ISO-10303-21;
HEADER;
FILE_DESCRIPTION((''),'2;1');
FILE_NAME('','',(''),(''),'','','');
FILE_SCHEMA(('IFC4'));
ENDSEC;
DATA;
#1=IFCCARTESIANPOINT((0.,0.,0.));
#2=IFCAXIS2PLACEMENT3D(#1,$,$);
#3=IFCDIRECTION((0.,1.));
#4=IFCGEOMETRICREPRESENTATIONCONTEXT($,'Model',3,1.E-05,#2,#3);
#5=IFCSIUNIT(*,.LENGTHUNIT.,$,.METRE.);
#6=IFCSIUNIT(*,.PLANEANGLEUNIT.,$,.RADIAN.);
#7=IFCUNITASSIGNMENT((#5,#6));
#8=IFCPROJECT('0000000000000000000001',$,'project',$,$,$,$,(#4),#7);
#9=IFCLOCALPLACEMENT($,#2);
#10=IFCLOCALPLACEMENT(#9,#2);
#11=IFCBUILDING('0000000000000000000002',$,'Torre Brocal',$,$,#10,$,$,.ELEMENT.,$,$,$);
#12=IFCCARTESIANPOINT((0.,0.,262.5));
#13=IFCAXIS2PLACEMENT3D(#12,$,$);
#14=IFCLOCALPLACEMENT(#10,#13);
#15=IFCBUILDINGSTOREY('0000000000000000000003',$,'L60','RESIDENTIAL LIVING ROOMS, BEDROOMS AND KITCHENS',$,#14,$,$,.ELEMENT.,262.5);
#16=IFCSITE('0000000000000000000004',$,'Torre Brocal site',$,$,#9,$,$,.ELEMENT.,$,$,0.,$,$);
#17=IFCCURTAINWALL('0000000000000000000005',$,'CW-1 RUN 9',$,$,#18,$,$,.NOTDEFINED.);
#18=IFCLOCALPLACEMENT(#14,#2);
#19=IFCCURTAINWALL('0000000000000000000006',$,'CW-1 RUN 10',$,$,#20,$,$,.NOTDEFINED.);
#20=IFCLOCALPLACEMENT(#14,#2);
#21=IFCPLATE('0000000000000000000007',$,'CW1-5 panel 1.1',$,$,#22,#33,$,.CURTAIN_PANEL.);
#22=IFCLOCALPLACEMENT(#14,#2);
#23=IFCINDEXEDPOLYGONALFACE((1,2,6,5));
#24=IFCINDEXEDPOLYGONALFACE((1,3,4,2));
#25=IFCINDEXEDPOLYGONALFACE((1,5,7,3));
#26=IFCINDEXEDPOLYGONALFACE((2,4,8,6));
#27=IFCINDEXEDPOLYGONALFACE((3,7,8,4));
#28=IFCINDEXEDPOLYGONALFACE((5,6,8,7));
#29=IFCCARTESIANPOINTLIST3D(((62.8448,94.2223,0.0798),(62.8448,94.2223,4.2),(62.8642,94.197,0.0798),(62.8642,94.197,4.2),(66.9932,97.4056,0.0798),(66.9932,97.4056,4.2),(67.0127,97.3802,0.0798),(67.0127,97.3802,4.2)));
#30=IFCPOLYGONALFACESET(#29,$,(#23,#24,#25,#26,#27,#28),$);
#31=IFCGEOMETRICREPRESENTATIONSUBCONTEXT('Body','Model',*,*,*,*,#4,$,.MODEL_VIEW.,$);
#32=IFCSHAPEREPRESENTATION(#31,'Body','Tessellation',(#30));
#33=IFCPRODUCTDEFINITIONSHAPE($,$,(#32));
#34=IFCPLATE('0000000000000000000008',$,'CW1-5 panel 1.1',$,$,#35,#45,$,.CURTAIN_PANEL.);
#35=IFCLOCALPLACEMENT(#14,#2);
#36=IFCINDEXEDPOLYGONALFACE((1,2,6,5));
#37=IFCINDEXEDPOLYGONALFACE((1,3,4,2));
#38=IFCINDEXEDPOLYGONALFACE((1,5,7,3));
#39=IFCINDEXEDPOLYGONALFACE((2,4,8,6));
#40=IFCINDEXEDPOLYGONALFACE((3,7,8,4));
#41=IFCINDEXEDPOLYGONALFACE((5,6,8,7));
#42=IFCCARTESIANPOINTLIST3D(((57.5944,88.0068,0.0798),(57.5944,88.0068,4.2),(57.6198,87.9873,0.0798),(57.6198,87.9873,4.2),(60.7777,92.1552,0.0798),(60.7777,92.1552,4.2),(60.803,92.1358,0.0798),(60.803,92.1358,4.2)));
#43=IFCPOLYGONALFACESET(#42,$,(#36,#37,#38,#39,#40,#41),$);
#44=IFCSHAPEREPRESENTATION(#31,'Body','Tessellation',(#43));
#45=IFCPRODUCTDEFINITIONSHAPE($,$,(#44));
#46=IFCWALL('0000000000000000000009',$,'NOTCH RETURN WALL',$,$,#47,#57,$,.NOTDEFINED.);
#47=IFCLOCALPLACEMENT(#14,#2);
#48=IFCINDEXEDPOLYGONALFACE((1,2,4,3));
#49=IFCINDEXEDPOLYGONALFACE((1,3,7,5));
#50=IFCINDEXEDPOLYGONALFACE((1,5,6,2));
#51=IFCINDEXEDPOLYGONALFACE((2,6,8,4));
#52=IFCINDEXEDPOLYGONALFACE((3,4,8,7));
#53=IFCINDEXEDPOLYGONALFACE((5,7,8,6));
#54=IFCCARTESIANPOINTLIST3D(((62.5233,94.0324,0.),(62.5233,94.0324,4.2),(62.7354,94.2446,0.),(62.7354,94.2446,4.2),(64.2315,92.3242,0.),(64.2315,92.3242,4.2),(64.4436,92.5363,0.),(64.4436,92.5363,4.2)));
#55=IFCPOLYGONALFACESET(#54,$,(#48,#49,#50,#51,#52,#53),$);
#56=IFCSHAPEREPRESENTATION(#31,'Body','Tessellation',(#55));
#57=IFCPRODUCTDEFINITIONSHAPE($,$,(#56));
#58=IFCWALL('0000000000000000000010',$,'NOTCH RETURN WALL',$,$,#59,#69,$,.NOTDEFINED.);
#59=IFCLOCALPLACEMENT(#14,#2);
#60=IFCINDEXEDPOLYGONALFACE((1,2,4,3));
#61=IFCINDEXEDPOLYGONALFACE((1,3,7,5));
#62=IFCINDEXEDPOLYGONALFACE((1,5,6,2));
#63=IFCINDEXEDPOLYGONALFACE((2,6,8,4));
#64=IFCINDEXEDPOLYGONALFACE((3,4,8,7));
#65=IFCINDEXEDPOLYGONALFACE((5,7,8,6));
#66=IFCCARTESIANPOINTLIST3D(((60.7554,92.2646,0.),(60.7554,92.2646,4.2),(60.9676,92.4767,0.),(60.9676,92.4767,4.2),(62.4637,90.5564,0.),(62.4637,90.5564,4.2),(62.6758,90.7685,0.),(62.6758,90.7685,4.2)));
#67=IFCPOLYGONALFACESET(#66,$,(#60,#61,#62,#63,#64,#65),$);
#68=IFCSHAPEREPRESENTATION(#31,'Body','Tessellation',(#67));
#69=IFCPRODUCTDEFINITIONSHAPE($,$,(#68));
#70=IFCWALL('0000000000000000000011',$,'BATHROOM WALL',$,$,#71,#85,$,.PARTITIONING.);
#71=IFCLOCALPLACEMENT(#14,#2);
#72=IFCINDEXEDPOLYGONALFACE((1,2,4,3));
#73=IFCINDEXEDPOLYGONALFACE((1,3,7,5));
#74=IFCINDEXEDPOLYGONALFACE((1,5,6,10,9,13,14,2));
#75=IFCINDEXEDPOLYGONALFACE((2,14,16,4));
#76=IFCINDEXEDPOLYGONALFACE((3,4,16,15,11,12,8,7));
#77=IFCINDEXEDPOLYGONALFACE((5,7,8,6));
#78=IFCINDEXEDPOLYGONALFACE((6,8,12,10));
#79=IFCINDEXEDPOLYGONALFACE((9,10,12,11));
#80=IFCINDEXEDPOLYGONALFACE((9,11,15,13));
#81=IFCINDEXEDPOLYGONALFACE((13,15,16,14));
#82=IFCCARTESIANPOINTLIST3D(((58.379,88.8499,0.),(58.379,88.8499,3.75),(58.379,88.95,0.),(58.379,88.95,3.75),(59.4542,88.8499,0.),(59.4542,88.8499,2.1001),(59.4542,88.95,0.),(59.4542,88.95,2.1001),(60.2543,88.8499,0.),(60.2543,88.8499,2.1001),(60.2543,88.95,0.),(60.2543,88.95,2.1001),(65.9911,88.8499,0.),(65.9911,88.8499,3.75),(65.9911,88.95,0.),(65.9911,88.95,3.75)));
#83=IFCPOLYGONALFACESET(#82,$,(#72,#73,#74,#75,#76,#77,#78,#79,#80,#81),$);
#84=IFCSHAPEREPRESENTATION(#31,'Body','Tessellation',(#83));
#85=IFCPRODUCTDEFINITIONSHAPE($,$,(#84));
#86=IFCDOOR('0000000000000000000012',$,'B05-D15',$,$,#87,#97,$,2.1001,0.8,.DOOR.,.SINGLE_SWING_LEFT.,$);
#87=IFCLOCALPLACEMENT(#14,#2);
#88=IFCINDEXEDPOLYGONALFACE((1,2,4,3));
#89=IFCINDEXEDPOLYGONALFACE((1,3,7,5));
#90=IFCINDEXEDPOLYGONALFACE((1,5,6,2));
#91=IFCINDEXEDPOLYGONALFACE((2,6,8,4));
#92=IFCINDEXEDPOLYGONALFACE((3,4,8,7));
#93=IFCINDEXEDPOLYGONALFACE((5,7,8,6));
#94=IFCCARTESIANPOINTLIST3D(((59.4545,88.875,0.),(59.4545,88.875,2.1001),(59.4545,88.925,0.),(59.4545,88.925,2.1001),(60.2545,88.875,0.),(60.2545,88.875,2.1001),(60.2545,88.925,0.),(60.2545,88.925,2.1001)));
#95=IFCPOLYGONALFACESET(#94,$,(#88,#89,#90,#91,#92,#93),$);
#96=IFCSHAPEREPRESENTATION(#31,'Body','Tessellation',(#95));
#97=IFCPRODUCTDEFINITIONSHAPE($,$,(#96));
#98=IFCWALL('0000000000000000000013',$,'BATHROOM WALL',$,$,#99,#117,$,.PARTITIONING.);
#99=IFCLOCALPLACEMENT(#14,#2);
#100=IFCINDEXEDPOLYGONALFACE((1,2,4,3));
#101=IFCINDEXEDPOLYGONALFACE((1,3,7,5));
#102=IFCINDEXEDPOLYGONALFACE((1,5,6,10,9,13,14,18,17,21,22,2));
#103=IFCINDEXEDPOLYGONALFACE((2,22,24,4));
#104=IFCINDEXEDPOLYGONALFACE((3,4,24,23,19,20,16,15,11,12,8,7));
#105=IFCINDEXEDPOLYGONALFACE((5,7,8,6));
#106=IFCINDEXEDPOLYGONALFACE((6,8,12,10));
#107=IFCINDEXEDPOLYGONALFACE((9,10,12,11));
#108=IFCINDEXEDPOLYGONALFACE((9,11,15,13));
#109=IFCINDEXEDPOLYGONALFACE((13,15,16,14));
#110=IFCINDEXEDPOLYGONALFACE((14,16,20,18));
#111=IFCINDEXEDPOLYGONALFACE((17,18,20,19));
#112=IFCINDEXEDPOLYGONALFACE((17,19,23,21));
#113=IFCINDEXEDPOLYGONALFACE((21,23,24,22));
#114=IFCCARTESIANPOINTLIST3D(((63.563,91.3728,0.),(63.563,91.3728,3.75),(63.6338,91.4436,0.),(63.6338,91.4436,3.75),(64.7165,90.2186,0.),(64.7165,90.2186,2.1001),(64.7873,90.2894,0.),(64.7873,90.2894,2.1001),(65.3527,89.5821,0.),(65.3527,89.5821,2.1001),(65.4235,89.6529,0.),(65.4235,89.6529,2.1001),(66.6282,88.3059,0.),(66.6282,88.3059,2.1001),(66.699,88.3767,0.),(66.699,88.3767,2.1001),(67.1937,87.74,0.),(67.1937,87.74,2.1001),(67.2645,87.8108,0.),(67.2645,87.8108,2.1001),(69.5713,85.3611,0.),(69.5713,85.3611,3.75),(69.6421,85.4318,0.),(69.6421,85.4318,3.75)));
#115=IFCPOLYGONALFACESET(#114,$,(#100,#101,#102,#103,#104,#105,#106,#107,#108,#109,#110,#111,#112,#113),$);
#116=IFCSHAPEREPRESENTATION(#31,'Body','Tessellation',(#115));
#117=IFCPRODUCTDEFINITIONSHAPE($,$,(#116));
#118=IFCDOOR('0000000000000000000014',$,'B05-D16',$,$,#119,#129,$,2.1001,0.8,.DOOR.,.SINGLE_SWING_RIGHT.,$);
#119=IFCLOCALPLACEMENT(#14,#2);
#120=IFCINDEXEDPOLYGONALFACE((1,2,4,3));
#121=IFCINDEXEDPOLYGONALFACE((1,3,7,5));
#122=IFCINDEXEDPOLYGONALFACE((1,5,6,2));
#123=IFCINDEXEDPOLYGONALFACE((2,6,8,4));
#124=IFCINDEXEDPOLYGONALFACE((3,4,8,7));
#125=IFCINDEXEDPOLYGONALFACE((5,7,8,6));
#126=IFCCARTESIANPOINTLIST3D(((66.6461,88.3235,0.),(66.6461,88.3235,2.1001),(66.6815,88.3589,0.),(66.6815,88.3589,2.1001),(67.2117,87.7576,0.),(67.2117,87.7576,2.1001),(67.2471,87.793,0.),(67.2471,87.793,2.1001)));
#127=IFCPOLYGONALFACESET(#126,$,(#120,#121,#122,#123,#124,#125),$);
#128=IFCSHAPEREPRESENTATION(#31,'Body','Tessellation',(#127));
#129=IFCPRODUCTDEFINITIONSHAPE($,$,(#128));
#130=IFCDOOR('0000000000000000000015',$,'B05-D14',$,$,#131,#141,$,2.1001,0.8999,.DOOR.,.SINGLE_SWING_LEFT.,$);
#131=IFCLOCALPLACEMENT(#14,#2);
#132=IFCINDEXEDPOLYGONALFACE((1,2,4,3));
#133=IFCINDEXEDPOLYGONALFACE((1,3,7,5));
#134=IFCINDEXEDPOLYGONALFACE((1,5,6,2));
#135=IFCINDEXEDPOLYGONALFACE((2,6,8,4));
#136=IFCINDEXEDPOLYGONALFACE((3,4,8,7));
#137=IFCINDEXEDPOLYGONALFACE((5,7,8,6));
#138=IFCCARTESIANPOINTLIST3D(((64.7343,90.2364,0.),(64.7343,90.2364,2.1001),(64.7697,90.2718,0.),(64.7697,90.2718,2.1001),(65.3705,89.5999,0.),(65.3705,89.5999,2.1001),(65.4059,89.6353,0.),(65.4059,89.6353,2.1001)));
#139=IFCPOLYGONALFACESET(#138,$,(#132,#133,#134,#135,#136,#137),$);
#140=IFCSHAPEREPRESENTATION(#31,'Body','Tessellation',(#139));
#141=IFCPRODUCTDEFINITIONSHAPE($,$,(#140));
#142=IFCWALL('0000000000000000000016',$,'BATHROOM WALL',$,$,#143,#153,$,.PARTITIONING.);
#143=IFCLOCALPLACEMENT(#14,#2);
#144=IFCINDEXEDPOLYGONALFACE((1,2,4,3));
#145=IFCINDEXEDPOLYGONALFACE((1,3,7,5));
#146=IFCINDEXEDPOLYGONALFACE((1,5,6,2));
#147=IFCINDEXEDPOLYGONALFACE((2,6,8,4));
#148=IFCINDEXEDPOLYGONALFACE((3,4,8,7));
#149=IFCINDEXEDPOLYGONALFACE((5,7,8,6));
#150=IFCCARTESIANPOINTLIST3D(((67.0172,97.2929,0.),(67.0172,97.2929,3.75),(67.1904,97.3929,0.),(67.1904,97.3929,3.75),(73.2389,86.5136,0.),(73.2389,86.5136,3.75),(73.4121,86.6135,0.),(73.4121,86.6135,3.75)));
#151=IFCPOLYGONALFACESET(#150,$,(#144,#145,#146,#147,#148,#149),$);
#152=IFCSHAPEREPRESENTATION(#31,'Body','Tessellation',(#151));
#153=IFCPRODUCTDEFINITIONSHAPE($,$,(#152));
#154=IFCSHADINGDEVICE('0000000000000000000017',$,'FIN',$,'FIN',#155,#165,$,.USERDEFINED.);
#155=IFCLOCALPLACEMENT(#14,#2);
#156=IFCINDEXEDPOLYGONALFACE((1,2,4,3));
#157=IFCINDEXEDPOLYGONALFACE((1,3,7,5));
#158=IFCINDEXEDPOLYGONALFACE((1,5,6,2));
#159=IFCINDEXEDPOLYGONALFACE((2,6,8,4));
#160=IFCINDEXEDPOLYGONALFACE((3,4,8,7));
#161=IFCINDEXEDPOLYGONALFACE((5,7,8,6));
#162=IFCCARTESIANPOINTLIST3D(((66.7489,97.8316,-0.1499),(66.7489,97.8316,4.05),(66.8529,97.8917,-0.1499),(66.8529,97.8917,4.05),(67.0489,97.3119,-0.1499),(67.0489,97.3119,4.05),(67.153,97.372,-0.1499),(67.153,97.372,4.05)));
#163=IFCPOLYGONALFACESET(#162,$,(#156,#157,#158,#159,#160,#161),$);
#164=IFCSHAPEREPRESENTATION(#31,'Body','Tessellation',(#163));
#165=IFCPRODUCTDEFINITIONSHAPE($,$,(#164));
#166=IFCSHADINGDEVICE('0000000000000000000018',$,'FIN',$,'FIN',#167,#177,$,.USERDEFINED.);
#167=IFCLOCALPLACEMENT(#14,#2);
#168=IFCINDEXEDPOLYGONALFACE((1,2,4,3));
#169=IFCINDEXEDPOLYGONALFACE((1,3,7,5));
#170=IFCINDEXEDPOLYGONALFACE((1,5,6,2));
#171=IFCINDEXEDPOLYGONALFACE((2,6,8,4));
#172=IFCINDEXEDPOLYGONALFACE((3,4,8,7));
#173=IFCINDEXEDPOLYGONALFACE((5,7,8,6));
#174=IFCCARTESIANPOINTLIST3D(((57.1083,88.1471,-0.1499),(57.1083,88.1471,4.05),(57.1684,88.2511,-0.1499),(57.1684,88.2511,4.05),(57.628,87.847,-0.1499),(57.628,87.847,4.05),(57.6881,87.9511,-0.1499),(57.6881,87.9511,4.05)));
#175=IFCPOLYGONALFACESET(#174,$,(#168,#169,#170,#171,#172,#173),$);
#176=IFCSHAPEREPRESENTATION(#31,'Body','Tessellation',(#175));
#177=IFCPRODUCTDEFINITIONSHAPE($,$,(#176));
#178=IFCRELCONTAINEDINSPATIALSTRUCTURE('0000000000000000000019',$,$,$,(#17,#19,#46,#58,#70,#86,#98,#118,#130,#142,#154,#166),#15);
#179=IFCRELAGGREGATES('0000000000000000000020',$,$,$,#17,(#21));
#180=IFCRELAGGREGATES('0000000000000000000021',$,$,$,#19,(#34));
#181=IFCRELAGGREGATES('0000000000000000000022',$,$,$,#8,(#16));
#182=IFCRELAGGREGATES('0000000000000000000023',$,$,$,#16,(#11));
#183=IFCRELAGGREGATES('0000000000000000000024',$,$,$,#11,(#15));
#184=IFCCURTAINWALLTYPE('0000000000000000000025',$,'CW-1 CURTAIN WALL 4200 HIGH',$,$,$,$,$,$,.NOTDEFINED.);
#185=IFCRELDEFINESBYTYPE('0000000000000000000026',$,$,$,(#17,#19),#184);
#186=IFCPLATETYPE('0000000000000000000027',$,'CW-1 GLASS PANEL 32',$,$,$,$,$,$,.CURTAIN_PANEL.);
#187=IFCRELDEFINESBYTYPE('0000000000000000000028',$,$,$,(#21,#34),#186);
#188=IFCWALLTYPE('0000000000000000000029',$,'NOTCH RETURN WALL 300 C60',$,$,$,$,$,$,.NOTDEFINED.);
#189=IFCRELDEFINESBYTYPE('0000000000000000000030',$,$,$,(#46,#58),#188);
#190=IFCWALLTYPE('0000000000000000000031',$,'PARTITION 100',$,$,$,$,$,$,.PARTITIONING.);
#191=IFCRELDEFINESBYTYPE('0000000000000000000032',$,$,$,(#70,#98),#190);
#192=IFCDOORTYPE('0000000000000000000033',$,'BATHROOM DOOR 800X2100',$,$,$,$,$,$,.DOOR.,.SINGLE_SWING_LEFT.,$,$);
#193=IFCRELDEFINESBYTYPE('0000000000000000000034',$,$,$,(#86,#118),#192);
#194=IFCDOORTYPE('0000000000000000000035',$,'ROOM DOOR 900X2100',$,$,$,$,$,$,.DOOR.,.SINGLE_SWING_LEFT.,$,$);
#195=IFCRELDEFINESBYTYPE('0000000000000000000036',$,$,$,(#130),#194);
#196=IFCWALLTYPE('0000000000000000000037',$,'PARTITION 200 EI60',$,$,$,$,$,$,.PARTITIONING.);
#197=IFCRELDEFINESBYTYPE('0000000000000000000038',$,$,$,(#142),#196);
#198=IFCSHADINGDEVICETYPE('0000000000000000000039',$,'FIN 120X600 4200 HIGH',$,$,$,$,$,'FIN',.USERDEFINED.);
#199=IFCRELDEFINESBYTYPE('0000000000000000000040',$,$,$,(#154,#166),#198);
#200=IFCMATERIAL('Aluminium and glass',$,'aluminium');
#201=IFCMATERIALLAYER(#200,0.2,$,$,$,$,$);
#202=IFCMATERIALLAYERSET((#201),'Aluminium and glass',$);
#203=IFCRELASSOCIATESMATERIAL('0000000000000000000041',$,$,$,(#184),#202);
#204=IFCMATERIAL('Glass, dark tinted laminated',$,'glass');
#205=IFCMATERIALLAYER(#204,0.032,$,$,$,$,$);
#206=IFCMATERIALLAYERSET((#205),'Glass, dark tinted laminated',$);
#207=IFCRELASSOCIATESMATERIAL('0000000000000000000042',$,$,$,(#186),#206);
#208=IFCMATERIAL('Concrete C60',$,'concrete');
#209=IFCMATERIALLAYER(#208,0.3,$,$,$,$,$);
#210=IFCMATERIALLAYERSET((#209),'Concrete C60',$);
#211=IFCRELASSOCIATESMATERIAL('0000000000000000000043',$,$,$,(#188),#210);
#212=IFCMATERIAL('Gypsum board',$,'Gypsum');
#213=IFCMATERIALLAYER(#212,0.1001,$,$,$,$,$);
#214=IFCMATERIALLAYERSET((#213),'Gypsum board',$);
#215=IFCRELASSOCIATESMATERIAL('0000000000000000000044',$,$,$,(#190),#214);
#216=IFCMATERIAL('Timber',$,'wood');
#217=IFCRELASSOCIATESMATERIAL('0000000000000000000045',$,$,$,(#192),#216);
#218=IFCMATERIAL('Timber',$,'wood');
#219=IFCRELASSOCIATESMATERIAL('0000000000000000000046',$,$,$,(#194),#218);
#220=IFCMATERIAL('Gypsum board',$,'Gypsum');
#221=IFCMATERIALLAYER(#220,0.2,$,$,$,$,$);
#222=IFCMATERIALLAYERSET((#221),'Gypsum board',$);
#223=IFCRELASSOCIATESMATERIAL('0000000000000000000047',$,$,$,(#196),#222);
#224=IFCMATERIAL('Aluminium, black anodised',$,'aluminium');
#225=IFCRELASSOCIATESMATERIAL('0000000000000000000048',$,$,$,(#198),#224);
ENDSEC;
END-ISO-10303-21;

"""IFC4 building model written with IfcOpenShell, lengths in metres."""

from ifc_helpers import new_model, si_unit, direction, frame, frame_2d, origin, origin_2d, place, context, subcontext, project, spatial, rectangle, extrude, material, layer, layer_set, material_profile, profile_set, type_object, element, fill, aggregate, save


model = new_model("IFC4")

# Units and contexts
model_context = context("Model", 3, precision=1e-05, world=origin(), true_north=direction((0.0, 1.0)))
body_context = subcontext(model_context, "Body", "Model", "MODEL_VIEW")
ifc_project = project(units=[si_unit("LENGTHUNIT", "METRE"), si_unit("PLANEANGLEUNIT", "RADIAN")], contexts=[model_context])

# Site, building, storey
site_placement = place(None, origin())
site = spatial("IfcSite", under=ifc_project, at=site_placement, Name="Torre Brocal site", CompositionType="ELEMENT", RefElevation=0.0)
building_placement = place(site_placement, origin())
building = spatial("IfcBuilding", under=site, at=building_placement, Name="Torre Brocal", CompositionType="ELEMENT")
storey_placement = place(building_placement, frame((0.0, 0.0, 262.5)))
storey = spatial("IfcBuildingStorey", under=building, at=storey_placement, Name="L60", Description="RESIDENTIAL LIVING ROOMS, BEDROOMS AND KITCHENS", CompositionType="ELEMENT", Elevation=262.5)

# Shared definitions
ifc_material_1 = material(Name="Aluminium and glass", Category="aluminium")
ifc_layer_1 = layer(ifc_material_1, 0.2)
ifc_layer_set_1 = layer_set([ifc_layer_1], Name="Aluminium and glass")
curtain_wall_type = type_object("IfcCurtainWallType", Name="CW-1 CURTAIN WALL 4200 HIGH", PredefinedType="NOTDEFINED", material=ifc_layer_set_1)

# Curtain walls
curtain_wall_1_placement = place(storey_placement, origin())
curtain_wall_1 = element("IfcCurtainWall", 1, at=curtain_wall_1_placement, inside=storey, type_object=curtain_wall_type, Name="CW-1 RUN 9", PredefinedType="NOTDEFINED")
curtain_wall_2_placement = place(storey_placement, origin())
curtain_wall_2 = element("IfcCurtainWall", 2, at=curtain_wall_2_placement, inside=storey, type_object=curtain_wall_type, Name="CW-1 RUN 10", PredefinedType="NOTDEFINED")

# Plates
ifc_material_2 = material(Name="Glass, dark tinted laminated", Category="glass")
ifc_layer_2 = layer(ifc_material_2, 0.032)
ifc_layer_set_2 = layer_set([ifc_layer_2], Name="Glass, dark tinted laminated")
plate_type = type_object("IfcPlateType", Name="CW-1 GLASS PANEL 32", PredefinedType="CURTAIN_PANEL", material=ifc_layer_set_2)
plate_1_placement = place(storey_placement, frame((64.9287, 95.8013, 0.0798), z_axis=(0.0, 0.0, 1.0), x_axis=(-0.793353, -0.608761, 0.0)))
plate_1 = element("IfcPlate", 3, at=plate_1_placement, type_object=plate_type, Name="CW1-5 panel 1.1", PredefinedType="CURTAIN_PANEL", context=body_context, shape_type="SweptSolid", body=[
    extrude(rectangle(XDim=5.229, YDim=0.032, at=origin_2d()), origin(), (0.0, 0.0, 1.0), 4.1201),
])
aggregate(curtain_wall_1, [plate_1])
plate_2_placement = place(storey_placement, frame((59.1987, 90.0713, 0.0798), z_axis=(0.0, 0.0, 1.0), x_axis=(-0.608761, -0.793353, 0.0)))
plate_2 = element("IfcPlate", 4, at=plate_2_placement, type_object=plate_type, Name="CW1-5 panel 1.1", PredefinedType="CURTAIN_PANEL", context=body_context, shape_type="SweptSolid", body=[
    extrude(rectangle(XDim=5.229, YDim=0.032, at=origin_2d()), origin(), (0.0, 0.0, 1.0), 4.1201),
])
aggregate(curtain_wall_2, [plate_2])

# Walls
ifc_material_3 = material(Name="Concrete C60", Category="concrete")
ifc_layer_3 = layer(ifc_material_3, 0.3)
ifc_layer_set_3 = layer_set([ifc_layer_3], Name="Concrete C60")
wall_type_1 = type_object("IfcWallType", Name="NOTCH RETURN WALL 300 C60", PredefinedType="NOTDEFINED", material=ifc_layer_set_3)
for number, where, z_axis, x_axis, name in (
    (5, (64.3376, 92.4302, 0.0), (0.0, 0.0, 1.0), (-0.707107, 0.707107, 0.0), "NOTCH RETURN WALL"),
    (6, (62.5698, 90.6624, 0.0), (0.0, 0.0, 1.0), (-0.707107, 0.707107, 0.0), "NOTCH RETURN WALL"),
):
    element("IfcWall", number, at=place(storey_placement, frame(where, z_axis=z_axis, x_axis=x_axis)), inside=storey, type_object=wall_type_1, Name=name, PredefinedType="NOTDEFINED", context=body_context, shape_type="SweptSolid", body=[
        extrude(rectangle(XDim=2.4158, YDim=0.3, at=frame_2d((1.208, 0.0))), origin(), (0.0, 0.0, 1.0), 4.2),
    ])

# Wall, opening, door
ifc_material_4 = material(Name="Gypsum board", Category="Gypsum")
ifc_layer_4 = layer(ifc_material_4, 0.1001)
ifc_layer_set_4 = layer_set([ifc_layer_4], Name="Gypsum board")
wall_type_2 = type_object("IfcWallType", Name="PARTITION 100", PredefinedType="PARTITIONING", material=ifc_layer_set_4)
wall_1_placement = place(storey_placement, frame((58.3789, 88.8999, 0.0), z_axis=(0.0, 0.0, 1.0), x_axis=(1.0, 0.0, 0.0)))
wall_1 = element("IfcWall", 7, at=wall_1_placement, inside=storey, type_object=wall_type_2, Name="BATHROOM WALL", PredefinedType="PARTITIONING", context=body_context, shape_type="SweptSolid", body=[
    extrude(rectangle(XDim=7.6121, YDim=0.1001, at=frame_2d((3.8062, 0.0))), origin(), (0.0, 0.0, 1.0), 3.75),
])
opening_1_placement = place(wall_1_placement, frame((1.0754, 0.0, 0.0)))
opening_1 = element("IfcOpeningElement", 8, at=opening_1_placement, cuts=wall_1, PredefinedType="OPENING", context=body_context, shape_type="SweptSolid", body=[
    extrude(rectangle(XDim=0.8, YDim=2.1001, at=frame_2d((0.3999, 1.05))), frame((0.0, 0.0601, 0.0), z_axis=(0.0, -1.0, 0.0), x_axis=(1.0, 0.0, 0.0)), (0.0, 0.0, 1.0), 0.1201),
])
ifc_material_5 = material(Name="Timber", Category="wood")
door_type_1 = type_object("IfcDoorType", Name="BATHROOM DOOR 800X2100", OperationType="SINGLE_SWING_LEFT", PredefinedType="DOOR", material=ifc_material_5)
door_1_placement = place(opening_1_placement, frame((0.8, 0.0, 0.0), z_axis=(0.0, 0.0, 1.0), x_axis=(-1.0, 0.0, 0.0)))
door_1 = element("IfcDoor", 9, at=door_1_placement, inside=storey, type_object=door_type_1, Name="B05-D15", OperationType="SINGLE_SWING_LEFT", OverallHeight=2.1001, OverallWidth=0.8, PredefinedType="DOOR", context=body_context, shape_type="SweptSolid", body=[
    extrude(rectangle(XDim=0.8, YDim=2.1001, at=frame_2d((0.3999, 1.05))), frame((0.0, 0.0249, 0.0), z_axis=(0.0, -1.0, 0.0), x_axis=(1.0, 0.0, 0.0)), (0.0, 0.0, 1.0), 0.05),
])
fill(opening_1, door_1)

# Wall, openings, doors
wall_2_placement = place(storey_placement, frame((63.5984, 91.4082, 0.0), z_axis=(0.0, 0.0, 1.0), x_axis=(0.706906, -0.707308, 0.0)))
wall_2 = element("IfcWall", 10, at=wall_2_placement, inside=storey, type_object=wall_type_2, Name="BATHROOM WALL", PredefinedType="PARTITIONING", context=body_context, shape_type="SweptSolid", body=[
    extrude(rectangle(XDim=8.4995, YDim=0.1001, at=frame_2d((4.2498, 0.0))), origin(), (0.0, 0.0, 1.0), 3.75),
])
opening_2_placement = place(wall_2_placement, frame((1.6318, 0.0, 0.0)))
opening_2 = element("IfcOpeningElement", 11, at=opening_2_placement, cuts=wall_2, PredefinedType="OPENING", context=body_context, shape_type="SweptSolid", body=[
    extrude(rectangle(XDim=0.8999, YDim=2.1001, at=frame_2d((0.45, 1.05))), frame((0.0, 0.0601, 0.0), z_axis=(0.0, -1.0, 0.0), x_axis=(1.0, 0.0, 0.0)), (0.0, 0.0, 1.0), 0.1201),
])
opening_3_placement = place(wall_2_placement, frame((4.3362, 0.0, 0.0)))
opening_3 = element("IfcOpeningElement", 12, at=opening_3_placement, cuts=wall_2, PredefinedType="OPENING", context=body_context, shape_type="SweptSolid", body=[
    extrude(rectangle(XDim=0.8, YDim=2.1001, at=frame_2d((0.3999, 1.05))), frame((0.0, 0.0601, 0.0), z_axis=(0.0, -1.0, 0.0), x_axis=(1.0, 0.0, 0.0)), (0.0, 0.0, 1.0), 0.1201),
])
door_2_placement = place(opening_3_placement, frame((0.8, 0.0, 0.0), z_axis=(0.0, 0.0, 1.0), x_axis=(-1.0, 0.0, 0.0)))
door_2 = element("IfcDoor", 13, at=door_2_placement, inside=storey, type_object=door_type_1, Name="B05-D16", OperationType="SINGLE_SWING_RIGHT", OverallHeight=2.1001, OverallWidth=0.8, PredefinedType="DOOR", context=body_context, shape_type="SweptSolid", body=[
    extrude(rectangle(XDim=0.8, YDim=2.1001, at=frame_2d((0.3999, 1.05))), frame((0.0, 0.0249, 0.0), z_axis=(0.0, -1.0, 0.0), x_axis=(1.0, 0.0, 0.0)), (0.0, 0.0, 1.0), 0.05),
])
fill(opening_3, door_2)
ifc_material_6 = material(Name="Timber", Category="wood")
door_type_2 = type_object("IfcDoorType", Name="ROOM DOOR 900X2100", OperationType="SINGLE_SWING_LEFT", PredefinedType="DOOR", material=ifc_material_6)
door_3_placement = place(opening_2_placement, frame((0.8999, 0.0, 0.0), z_axis=(0.0, 0.0, 1.0), x_axis=(-1.0, 0.0, 0.0)))
door_3 = element("IfcDoor", 14, at=door_3_placement, inside=storey, type_object=door_type_2, Name="B05-D14", OperationType="SINGLE_SWING_LEFT", OverallHeight=2.1001, OverallWidth=0.8999, PredefinedType="DOOR", context=body_context, shape_type="SweptSolid", body=[
    extrude(rectangle(XDim=0.8999, YDim=2.1001, at=frame_2d((0.45, 1.05))), frame((0.0, 0.0249, 0.0), z_axis=(0.0, -1.0, 0.0), x_axis=(1.0, 0.0, 0.0)), (0.0, 0.0, 1.0), 0.05),
])
fill(opening_2, door_3)

# Wall
ifc_material_7 = material(Name="Gypsum board", Category="Gypsum")
ifc_layer_5 = layer(ifc_material_7, 0.2)
ifc_layer_set_5 = layer_set([ifc_layer_5], Name="Gypsum board")
wall_type_3 = type_object("IfcWallType", Name="PARTITION 200 EI60", PredefinedType="PARTITIONING", material=ifc_layer_set_5)
wall_3_placement = place(storey_placement, frame((67.1038, 97.343, 0.0), z_axis=(0.0, 0.0, 1.0), x_axis=(0.499895, -0.866086, 0.0)))
element("IfcWall", 15, at=wall_3_placement, inside=storey, type_object=wall_type_3, Name="BATHROOM WALL", PredefinedType="PARTITIONING", context=body_context, shape_type="SweptSolid", body=[
    extrude(rectangle(XDim=12.446, YDim=0.2, at=frame_2d((6.2231, 0.0))), origin(), (0.0, 0.0, 1.0), 3.75),
])

# Shading devices
ifc_material_8 = material(Name="Aluminium, black anodised", Category="aluminium")
ifc_material_profile_1 = material_profile(ifc_material_8, rectangle(XDim=0.1201, YDim=0.6001, at=origin_2d()), Name="FIN 120X600 4200 HIGH")
ifc_profile_set_1 = profile_set([ifc_material_profile_1], Name="Aluminium, black anodised")
shading_device_type = type_object("IfcShadingDeviceType", Name="FIN 120X600 4200 HIGH", ElementType="FIN", PredefinedType="USERDEFINED", material=ifc_profile_set_1)
for number, where, z_axis, x_axis, name in (
    (16, (66.9509, 97.6018, -0.1499), (0.0, 0.0, 1.0), (-0.866025, -0.5, 0.0), "FIN"),
    (17, (57.3982, 88.0491, -0.1499), (0.0, 0.0, 1.0), (-0.5, -0.866025, 0.0), "FIN"),
):
    element("IfcShadingDevice", number, at=place(storey_placement, frame(where, z_axis=z_axis, x_axis=x_axis)), inside=storey, type_object=shading_device_type, Name=name, ObjectType="FIN", PredefinedType="USERDEFINED", context=body_context, shape_type="SweptSolid", body=[
        extrude(rectangle(XDim=0.1201, YDim=0.6001, at=origin_2d()), origin(), (0.0, 0.0, 1.0), 4.2),
    ])

save(model, "model.ifc")
